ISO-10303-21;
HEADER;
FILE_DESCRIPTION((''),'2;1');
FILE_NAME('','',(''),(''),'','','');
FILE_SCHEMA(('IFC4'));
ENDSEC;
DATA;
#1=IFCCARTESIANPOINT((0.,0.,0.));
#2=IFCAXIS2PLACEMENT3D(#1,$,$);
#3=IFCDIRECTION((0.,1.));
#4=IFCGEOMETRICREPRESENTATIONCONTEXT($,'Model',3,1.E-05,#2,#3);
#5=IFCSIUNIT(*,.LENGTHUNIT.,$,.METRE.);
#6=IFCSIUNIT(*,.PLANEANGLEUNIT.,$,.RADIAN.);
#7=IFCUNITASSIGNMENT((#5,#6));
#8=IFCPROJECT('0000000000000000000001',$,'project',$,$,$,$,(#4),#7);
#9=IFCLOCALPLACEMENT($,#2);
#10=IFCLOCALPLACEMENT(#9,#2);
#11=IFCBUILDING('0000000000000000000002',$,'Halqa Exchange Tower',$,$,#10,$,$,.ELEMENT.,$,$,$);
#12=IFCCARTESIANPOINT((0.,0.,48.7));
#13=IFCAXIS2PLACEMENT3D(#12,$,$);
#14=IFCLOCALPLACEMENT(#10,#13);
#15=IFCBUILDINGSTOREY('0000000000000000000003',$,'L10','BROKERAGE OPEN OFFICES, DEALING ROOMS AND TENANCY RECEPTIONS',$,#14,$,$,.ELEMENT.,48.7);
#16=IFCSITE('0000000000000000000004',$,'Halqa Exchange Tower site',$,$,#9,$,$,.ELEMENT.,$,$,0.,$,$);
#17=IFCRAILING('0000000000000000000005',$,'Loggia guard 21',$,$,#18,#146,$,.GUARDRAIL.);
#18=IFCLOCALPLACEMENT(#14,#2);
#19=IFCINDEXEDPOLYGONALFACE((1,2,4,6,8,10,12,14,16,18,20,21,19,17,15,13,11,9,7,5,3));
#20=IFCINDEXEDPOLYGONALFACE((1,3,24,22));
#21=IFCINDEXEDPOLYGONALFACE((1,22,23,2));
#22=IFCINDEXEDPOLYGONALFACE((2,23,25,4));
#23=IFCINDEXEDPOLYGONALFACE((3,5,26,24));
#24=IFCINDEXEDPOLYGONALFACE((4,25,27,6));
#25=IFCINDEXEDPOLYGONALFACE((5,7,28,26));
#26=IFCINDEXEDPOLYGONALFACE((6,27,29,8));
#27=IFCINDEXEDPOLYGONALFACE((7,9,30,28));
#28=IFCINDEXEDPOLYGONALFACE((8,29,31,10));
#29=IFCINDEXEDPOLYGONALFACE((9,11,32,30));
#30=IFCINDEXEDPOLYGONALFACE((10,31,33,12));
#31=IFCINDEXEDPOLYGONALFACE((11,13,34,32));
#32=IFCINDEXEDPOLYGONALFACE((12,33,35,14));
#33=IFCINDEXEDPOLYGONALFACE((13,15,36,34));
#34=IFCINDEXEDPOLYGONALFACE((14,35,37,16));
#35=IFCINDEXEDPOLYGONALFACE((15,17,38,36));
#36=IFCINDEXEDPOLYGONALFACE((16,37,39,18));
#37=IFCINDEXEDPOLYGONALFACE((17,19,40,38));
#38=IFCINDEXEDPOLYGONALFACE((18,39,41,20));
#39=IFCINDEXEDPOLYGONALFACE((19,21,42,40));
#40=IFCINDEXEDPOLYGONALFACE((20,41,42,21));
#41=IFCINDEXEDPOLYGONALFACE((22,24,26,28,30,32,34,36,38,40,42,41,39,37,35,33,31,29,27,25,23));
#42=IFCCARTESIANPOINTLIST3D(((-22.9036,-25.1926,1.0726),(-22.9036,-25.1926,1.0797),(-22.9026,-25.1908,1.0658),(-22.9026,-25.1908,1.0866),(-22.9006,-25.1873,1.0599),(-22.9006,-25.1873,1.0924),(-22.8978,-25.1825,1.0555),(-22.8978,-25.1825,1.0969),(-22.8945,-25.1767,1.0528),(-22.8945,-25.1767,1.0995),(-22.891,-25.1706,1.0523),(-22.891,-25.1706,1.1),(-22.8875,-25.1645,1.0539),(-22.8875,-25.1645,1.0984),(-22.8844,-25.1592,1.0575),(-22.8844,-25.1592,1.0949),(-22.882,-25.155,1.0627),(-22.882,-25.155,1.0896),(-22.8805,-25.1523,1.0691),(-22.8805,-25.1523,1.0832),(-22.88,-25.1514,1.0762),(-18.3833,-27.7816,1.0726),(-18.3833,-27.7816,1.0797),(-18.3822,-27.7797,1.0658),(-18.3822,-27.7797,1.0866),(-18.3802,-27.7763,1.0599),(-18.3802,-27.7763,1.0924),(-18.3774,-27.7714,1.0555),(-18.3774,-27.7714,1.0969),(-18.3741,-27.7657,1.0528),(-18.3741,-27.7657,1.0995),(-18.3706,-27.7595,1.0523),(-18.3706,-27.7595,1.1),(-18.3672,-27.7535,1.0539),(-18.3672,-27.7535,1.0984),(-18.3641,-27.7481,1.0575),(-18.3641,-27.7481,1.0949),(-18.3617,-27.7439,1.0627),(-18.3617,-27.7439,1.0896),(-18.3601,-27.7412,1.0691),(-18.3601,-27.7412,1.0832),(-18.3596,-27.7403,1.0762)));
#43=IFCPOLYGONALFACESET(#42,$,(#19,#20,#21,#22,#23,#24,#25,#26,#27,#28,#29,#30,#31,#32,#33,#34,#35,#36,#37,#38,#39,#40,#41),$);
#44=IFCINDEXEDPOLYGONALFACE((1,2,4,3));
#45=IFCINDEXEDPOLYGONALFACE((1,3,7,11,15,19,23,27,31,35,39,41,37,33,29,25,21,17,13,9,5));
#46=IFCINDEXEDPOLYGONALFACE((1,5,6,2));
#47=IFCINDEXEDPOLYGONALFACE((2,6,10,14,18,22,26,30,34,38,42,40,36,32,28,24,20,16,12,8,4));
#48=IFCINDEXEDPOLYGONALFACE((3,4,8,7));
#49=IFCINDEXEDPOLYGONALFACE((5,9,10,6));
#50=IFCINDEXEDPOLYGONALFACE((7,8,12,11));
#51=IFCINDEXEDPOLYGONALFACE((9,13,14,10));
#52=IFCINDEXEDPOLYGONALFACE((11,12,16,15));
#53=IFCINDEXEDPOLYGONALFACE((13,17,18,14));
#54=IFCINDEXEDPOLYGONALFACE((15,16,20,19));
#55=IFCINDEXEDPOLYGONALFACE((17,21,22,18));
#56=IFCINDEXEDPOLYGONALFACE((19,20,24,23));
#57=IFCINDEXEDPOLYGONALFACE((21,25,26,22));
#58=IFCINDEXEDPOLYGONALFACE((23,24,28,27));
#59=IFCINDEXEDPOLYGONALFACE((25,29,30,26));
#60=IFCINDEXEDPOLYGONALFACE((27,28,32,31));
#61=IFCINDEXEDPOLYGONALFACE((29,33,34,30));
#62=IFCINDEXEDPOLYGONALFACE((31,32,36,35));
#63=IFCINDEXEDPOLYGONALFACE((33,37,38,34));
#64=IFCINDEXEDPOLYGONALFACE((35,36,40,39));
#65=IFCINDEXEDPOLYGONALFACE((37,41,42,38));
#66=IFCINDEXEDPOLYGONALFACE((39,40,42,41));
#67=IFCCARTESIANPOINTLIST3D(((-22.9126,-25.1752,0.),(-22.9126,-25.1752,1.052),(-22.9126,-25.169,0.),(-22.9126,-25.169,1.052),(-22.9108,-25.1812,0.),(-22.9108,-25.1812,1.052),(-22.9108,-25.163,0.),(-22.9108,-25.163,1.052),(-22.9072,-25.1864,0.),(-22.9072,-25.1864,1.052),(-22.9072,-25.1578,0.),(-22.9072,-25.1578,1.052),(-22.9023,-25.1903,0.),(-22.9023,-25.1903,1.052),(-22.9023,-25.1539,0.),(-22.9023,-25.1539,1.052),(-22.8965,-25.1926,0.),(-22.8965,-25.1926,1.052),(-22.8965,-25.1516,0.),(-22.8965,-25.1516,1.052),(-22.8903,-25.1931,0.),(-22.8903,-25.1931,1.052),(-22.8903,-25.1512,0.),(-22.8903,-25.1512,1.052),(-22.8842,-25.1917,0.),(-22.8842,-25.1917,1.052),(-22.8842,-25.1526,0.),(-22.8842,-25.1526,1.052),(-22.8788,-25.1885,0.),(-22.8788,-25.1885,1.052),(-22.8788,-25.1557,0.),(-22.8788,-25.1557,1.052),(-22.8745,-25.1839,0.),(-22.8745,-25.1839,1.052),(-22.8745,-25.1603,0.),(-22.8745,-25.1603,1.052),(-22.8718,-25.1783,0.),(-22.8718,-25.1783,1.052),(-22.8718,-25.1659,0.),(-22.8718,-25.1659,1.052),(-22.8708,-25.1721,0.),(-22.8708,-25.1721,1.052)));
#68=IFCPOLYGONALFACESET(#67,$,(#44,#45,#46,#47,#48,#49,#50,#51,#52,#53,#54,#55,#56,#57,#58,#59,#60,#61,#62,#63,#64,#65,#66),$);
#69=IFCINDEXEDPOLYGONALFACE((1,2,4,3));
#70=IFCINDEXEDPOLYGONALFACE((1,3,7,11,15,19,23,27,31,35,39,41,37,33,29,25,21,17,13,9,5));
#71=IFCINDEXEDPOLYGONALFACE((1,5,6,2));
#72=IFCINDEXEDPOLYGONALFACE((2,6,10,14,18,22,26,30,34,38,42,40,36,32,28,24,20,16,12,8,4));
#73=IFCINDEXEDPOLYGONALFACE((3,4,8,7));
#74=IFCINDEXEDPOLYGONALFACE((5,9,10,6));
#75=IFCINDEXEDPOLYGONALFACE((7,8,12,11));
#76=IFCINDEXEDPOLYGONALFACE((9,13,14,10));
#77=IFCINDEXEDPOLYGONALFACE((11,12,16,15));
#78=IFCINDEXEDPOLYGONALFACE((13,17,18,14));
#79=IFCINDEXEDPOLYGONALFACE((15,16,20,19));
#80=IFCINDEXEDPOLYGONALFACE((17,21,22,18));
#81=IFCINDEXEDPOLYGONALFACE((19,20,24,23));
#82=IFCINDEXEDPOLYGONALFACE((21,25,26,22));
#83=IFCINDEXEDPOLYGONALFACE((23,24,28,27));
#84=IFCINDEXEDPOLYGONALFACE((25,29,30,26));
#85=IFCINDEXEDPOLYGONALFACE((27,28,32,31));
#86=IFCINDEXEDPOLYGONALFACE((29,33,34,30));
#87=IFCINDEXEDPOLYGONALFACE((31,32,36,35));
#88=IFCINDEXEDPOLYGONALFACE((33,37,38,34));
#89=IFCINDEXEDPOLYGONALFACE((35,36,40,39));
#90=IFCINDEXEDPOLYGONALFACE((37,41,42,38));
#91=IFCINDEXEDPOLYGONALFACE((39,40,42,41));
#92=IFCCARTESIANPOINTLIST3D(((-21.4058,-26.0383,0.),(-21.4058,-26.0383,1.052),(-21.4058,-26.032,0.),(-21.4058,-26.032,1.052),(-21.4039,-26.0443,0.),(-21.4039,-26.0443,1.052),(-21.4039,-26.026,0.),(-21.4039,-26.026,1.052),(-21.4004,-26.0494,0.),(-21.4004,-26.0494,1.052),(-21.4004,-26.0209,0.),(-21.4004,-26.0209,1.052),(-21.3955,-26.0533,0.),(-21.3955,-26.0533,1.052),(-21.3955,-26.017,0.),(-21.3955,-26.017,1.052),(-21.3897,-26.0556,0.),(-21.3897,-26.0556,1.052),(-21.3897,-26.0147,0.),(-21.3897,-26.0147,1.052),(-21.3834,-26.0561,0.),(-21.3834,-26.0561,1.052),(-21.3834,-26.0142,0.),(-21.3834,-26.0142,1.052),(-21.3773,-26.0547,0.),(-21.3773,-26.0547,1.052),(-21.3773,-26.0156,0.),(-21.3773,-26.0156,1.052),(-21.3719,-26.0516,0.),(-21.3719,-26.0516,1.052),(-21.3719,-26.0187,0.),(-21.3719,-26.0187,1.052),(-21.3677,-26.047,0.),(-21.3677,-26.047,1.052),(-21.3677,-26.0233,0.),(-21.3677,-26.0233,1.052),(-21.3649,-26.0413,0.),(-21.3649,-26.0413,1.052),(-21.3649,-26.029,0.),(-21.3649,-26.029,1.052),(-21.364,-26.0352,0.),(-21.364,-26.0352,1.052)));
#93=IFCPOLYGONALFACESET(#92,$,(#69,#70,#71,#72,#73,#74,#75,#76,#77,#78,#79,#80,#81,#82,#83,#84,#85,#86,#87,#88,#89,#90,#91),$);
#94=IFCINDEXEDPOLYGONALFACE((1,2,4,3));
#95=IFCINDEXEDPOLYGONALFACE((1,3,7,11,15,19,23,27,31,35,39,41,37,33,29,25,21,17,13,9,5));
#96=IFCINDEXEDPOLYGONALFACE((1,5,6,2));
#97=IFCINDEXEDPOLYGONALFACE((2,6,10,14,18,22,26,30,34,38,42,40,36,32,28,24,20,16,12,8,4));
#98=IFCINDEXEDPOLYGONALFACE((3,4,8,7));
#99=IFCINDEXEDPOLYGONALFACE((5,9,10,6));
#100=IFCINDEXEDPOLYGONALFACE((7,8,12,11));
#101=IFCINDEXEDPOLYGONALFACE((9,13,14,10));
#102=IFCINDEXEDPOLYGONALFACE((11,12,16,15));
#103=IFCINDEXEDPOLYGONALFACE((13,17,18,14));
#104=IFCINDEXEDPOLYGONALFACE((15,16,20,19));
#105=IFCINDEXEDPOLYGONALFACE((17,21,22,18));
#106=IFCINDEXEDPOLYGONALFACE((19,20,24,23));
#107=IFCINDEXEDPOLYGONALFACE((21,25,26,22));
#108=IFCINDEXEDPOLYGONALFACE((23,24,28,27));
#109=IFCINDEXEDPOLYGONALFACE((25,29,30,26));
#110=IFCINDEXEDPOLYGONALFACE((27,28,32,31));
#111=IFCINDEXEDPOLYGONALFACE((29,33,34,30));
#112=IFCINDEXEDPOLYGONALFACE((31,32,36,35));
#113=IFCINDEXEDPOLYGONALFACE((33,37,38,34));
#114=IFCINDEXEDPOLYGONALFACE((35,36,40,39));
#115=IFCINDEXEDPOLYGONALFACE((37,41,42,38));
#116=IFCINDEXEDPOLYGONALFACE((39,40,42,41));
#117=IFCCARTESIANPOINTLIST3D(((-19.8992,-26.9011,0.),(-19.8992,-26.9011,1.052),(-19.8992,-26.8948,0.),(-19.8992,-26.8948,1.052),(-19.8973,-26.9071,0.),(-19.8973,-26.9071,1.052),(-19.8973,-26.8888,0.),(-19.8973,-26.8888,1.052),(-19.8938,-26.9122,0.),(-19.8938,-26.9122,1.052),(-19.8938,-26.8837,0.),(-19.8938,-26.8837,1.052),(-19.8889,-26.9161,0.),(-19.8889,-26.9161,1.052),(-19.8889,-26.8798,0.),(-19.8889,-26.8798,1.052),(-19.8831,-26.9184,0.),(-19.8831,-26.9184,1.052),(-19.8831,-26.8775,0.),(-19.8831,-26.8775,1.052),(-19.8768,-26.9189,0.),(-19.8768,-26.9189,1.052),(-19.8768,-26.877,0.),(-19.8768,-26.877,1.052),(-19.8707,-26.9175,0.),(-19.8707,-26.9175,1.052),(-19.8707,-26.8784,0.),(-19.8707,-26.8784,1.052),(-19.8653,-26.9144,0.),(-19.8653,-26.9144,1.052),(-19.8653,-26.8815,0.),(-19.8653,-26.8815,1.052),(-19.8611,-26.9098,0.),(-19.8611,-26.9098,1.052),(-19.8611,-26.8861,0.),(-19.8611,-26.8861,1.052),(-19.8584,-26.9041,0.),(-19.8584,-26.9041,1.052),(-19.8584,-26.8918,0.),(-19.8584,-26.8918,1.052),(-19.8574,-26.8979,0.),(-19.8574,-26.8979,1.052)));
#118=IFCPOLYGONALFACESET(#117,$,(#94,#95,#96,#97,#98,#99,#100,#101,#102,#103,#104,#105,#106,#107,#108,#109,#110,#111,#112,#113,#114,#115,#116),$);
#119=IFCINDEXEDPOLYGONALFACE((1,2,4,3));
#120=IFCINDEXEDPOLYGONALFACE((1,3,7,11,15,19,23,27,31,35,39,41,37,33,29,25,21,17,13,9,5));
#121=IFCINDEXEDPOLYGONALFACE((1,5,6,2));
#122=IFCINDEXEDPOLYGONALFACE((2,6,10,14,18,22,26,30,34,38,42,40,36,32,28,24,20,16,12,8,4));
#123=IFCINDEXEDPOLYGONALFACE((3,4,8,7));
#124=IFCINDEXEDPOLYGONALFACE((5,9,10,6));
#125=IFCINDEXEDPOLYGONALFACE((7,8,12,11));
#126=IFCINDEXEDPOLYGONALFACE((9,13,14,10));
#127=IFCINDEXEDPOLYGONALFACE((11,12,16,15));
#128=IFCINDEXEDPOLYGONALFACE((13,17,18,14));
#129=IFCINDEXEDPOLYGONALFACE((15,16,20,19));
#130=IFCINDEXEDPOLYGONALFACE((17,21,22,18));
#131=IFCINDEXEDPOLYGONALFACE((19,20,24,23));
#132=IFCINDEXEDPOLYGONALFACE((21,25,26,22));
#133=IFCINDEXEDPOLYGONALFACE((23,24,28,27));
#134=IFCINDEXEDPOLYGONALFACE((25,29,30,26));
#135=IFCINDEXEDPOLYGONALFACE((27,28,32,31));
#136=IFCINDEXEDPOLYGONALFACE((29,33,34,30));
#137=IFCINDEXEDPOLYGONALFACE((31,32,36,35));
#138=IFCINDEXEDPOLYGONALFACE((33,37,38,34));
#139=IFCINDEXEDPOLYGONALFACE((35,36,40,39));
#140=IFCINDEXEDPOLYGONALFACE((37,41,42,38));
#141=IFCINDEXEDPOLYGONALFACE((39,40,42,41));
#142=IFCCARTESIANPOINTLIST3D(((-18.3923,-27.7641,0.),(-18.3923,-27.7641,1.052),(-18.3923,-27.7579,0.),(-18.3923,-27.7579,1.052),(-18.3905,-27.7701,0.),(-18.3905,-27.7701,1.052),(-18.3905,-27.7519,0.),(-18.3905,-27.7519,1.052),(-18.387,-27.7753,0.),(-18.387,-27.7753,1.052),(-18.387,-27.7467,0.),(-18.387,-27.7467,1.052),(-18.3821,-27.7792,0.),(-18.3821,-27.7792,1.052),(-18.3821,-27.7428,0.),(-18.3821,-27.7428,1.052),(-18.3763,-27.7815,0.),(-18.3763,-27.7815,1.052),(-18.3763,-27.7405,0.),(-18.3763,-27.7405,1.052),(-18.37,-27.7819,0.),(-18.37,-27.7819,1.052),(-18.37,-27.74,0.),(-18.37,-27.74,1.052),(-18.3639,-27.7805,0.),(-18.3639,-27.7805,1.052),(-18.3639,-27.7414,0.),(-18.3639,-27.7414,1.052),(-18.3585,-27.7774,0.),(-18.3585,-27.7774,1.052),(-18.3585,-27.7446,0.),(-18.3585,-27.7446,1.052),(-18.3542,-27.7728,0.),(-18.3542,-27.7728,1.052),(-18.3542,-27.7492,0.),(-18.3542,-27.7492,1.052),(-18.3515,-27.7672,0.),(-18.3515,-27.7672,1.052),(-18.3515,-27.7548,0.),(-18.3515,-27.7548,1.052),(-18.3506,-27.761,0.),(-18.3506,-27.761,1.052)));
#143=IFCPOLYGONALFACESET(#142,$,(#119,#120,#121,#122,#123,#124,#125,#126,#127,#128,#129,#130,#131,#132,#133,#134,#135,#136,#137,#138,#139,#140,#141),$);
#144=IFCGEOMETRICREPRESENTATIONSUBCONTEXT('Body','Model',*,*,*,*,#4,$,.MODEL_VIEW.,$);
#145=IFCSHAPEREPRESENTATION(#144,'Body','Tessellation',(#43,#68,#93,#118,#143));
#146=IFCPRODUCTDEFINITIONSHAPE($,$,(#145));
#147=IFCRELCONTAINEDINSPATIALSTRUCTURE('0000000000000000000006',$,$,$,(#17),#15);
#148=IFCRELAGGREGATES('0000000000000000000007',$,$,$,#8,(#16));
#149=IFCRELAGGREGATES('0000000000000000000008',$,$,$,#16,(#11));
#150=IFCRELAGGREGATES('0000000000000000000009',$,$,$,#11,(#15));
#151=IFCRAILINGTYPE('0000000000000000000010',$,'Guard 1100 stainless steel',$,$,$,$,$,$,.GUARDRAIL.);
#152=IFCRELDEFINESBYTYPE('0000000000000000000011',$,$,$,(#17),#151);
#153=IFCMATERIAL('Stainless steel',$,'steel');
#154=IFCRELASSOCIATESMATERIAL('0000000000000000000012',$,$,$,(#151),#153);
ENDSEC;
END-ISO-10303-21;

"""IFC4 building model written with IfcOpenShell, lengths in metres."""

from ifc_helpers import new_model, si_unit, direction, frame, origin, origin_2d, place, context, subcontext, project, spatial, circle, extrude, material, type_object, element, save


model = new_model("IFC4")

# Units and contexts
model_context = context("Model", 3, precision=1e-05, world=origin(), true_north=direction((0.0, 1.0)))
body_context = subcontext(model_context, "Body", "Model", "MODEL_VIEW")
ifc_project = project(units=[si_unit("LENGTHUNIT", "METRE"), si_unit("PLANEANGLEUNIT", "RADIAN")], contexts=[model_context])

# Site, building, storey
site_placement = place(None, origin())
site = spatial("IfcSite", under=ifc_project, at=site_placement, Name="Halqa Exchange Tower site", CompositionType="ELEMENT", RefElevation=0.0)
building_placement = place(site_placement, origin())
building = spatial("IfcBuilding", under=site, at=building_placement, Name="Halqa Exchange Tower", CompositionType="ELEMENT")
storey_placement = place(building_placement, frame((0.0, 0.0, 48.7)))
storey = spatial("IfcBuildingStorey", under=building, at=storey_placement, Name="L10", Description="BROKERAGE OPEN OFFICES, DEALING ROOMS AND TENANCY RECEPTIONS", CompositionType="ELEMENT", Elevation=48.7)

# Railing
ifc_material_1 = material(Name="Stainless steel", Category="steel")
railing_type = type_object("IfcRailingType", Name="Guard 1100 stainless steel", PredefinedType="GUARDRAIL", material=ifc_material_1)
railing_1_placement = place(storey_placement, frame((-22.8918, -25.1721, 0.0)))
element("IfcRailing", 1, at=railing_1_placement, inside=storey, type_object=railing_type, Name="Loggia guard 21", PredefinedType="GUARDRAIL", context=body_context, shape_type="SweptSolid", body=[
    extrude(circle(Radius=0.0239, at=origin_2d()), frame((0.0, 0.0, 1.0762), z_axis=(0.867758, -0.496987, 0.0), x_axis=(0.496987, 0.867758, 0.0)), (0.0, 0.0, 1.0), 5.2092),
    extrude(circle(Radius=0.021, at=origin_2d()), origin(), (0.0, 0.0, 1.0), 1.052),
    extrude(circle(Radius=0.021, at=origin_2d()), frame((1.5068, -0.863, 0.0)), (0.0, 0.0, 1.0), 1.052),
    extrude(circle(Radius=0.021, at=origin_2d()), frame((3.0134, -1.7258, 0.0)), (0.0, 0.0, 1.0), 1.052),
    extrude(circle(Radius=0.021, at=origin_2d()), frame((4.5203, -2.5889, 0.0)), (0.0, 0.0, 1.0), 1.052),
])

save(model, "model.ifc")
